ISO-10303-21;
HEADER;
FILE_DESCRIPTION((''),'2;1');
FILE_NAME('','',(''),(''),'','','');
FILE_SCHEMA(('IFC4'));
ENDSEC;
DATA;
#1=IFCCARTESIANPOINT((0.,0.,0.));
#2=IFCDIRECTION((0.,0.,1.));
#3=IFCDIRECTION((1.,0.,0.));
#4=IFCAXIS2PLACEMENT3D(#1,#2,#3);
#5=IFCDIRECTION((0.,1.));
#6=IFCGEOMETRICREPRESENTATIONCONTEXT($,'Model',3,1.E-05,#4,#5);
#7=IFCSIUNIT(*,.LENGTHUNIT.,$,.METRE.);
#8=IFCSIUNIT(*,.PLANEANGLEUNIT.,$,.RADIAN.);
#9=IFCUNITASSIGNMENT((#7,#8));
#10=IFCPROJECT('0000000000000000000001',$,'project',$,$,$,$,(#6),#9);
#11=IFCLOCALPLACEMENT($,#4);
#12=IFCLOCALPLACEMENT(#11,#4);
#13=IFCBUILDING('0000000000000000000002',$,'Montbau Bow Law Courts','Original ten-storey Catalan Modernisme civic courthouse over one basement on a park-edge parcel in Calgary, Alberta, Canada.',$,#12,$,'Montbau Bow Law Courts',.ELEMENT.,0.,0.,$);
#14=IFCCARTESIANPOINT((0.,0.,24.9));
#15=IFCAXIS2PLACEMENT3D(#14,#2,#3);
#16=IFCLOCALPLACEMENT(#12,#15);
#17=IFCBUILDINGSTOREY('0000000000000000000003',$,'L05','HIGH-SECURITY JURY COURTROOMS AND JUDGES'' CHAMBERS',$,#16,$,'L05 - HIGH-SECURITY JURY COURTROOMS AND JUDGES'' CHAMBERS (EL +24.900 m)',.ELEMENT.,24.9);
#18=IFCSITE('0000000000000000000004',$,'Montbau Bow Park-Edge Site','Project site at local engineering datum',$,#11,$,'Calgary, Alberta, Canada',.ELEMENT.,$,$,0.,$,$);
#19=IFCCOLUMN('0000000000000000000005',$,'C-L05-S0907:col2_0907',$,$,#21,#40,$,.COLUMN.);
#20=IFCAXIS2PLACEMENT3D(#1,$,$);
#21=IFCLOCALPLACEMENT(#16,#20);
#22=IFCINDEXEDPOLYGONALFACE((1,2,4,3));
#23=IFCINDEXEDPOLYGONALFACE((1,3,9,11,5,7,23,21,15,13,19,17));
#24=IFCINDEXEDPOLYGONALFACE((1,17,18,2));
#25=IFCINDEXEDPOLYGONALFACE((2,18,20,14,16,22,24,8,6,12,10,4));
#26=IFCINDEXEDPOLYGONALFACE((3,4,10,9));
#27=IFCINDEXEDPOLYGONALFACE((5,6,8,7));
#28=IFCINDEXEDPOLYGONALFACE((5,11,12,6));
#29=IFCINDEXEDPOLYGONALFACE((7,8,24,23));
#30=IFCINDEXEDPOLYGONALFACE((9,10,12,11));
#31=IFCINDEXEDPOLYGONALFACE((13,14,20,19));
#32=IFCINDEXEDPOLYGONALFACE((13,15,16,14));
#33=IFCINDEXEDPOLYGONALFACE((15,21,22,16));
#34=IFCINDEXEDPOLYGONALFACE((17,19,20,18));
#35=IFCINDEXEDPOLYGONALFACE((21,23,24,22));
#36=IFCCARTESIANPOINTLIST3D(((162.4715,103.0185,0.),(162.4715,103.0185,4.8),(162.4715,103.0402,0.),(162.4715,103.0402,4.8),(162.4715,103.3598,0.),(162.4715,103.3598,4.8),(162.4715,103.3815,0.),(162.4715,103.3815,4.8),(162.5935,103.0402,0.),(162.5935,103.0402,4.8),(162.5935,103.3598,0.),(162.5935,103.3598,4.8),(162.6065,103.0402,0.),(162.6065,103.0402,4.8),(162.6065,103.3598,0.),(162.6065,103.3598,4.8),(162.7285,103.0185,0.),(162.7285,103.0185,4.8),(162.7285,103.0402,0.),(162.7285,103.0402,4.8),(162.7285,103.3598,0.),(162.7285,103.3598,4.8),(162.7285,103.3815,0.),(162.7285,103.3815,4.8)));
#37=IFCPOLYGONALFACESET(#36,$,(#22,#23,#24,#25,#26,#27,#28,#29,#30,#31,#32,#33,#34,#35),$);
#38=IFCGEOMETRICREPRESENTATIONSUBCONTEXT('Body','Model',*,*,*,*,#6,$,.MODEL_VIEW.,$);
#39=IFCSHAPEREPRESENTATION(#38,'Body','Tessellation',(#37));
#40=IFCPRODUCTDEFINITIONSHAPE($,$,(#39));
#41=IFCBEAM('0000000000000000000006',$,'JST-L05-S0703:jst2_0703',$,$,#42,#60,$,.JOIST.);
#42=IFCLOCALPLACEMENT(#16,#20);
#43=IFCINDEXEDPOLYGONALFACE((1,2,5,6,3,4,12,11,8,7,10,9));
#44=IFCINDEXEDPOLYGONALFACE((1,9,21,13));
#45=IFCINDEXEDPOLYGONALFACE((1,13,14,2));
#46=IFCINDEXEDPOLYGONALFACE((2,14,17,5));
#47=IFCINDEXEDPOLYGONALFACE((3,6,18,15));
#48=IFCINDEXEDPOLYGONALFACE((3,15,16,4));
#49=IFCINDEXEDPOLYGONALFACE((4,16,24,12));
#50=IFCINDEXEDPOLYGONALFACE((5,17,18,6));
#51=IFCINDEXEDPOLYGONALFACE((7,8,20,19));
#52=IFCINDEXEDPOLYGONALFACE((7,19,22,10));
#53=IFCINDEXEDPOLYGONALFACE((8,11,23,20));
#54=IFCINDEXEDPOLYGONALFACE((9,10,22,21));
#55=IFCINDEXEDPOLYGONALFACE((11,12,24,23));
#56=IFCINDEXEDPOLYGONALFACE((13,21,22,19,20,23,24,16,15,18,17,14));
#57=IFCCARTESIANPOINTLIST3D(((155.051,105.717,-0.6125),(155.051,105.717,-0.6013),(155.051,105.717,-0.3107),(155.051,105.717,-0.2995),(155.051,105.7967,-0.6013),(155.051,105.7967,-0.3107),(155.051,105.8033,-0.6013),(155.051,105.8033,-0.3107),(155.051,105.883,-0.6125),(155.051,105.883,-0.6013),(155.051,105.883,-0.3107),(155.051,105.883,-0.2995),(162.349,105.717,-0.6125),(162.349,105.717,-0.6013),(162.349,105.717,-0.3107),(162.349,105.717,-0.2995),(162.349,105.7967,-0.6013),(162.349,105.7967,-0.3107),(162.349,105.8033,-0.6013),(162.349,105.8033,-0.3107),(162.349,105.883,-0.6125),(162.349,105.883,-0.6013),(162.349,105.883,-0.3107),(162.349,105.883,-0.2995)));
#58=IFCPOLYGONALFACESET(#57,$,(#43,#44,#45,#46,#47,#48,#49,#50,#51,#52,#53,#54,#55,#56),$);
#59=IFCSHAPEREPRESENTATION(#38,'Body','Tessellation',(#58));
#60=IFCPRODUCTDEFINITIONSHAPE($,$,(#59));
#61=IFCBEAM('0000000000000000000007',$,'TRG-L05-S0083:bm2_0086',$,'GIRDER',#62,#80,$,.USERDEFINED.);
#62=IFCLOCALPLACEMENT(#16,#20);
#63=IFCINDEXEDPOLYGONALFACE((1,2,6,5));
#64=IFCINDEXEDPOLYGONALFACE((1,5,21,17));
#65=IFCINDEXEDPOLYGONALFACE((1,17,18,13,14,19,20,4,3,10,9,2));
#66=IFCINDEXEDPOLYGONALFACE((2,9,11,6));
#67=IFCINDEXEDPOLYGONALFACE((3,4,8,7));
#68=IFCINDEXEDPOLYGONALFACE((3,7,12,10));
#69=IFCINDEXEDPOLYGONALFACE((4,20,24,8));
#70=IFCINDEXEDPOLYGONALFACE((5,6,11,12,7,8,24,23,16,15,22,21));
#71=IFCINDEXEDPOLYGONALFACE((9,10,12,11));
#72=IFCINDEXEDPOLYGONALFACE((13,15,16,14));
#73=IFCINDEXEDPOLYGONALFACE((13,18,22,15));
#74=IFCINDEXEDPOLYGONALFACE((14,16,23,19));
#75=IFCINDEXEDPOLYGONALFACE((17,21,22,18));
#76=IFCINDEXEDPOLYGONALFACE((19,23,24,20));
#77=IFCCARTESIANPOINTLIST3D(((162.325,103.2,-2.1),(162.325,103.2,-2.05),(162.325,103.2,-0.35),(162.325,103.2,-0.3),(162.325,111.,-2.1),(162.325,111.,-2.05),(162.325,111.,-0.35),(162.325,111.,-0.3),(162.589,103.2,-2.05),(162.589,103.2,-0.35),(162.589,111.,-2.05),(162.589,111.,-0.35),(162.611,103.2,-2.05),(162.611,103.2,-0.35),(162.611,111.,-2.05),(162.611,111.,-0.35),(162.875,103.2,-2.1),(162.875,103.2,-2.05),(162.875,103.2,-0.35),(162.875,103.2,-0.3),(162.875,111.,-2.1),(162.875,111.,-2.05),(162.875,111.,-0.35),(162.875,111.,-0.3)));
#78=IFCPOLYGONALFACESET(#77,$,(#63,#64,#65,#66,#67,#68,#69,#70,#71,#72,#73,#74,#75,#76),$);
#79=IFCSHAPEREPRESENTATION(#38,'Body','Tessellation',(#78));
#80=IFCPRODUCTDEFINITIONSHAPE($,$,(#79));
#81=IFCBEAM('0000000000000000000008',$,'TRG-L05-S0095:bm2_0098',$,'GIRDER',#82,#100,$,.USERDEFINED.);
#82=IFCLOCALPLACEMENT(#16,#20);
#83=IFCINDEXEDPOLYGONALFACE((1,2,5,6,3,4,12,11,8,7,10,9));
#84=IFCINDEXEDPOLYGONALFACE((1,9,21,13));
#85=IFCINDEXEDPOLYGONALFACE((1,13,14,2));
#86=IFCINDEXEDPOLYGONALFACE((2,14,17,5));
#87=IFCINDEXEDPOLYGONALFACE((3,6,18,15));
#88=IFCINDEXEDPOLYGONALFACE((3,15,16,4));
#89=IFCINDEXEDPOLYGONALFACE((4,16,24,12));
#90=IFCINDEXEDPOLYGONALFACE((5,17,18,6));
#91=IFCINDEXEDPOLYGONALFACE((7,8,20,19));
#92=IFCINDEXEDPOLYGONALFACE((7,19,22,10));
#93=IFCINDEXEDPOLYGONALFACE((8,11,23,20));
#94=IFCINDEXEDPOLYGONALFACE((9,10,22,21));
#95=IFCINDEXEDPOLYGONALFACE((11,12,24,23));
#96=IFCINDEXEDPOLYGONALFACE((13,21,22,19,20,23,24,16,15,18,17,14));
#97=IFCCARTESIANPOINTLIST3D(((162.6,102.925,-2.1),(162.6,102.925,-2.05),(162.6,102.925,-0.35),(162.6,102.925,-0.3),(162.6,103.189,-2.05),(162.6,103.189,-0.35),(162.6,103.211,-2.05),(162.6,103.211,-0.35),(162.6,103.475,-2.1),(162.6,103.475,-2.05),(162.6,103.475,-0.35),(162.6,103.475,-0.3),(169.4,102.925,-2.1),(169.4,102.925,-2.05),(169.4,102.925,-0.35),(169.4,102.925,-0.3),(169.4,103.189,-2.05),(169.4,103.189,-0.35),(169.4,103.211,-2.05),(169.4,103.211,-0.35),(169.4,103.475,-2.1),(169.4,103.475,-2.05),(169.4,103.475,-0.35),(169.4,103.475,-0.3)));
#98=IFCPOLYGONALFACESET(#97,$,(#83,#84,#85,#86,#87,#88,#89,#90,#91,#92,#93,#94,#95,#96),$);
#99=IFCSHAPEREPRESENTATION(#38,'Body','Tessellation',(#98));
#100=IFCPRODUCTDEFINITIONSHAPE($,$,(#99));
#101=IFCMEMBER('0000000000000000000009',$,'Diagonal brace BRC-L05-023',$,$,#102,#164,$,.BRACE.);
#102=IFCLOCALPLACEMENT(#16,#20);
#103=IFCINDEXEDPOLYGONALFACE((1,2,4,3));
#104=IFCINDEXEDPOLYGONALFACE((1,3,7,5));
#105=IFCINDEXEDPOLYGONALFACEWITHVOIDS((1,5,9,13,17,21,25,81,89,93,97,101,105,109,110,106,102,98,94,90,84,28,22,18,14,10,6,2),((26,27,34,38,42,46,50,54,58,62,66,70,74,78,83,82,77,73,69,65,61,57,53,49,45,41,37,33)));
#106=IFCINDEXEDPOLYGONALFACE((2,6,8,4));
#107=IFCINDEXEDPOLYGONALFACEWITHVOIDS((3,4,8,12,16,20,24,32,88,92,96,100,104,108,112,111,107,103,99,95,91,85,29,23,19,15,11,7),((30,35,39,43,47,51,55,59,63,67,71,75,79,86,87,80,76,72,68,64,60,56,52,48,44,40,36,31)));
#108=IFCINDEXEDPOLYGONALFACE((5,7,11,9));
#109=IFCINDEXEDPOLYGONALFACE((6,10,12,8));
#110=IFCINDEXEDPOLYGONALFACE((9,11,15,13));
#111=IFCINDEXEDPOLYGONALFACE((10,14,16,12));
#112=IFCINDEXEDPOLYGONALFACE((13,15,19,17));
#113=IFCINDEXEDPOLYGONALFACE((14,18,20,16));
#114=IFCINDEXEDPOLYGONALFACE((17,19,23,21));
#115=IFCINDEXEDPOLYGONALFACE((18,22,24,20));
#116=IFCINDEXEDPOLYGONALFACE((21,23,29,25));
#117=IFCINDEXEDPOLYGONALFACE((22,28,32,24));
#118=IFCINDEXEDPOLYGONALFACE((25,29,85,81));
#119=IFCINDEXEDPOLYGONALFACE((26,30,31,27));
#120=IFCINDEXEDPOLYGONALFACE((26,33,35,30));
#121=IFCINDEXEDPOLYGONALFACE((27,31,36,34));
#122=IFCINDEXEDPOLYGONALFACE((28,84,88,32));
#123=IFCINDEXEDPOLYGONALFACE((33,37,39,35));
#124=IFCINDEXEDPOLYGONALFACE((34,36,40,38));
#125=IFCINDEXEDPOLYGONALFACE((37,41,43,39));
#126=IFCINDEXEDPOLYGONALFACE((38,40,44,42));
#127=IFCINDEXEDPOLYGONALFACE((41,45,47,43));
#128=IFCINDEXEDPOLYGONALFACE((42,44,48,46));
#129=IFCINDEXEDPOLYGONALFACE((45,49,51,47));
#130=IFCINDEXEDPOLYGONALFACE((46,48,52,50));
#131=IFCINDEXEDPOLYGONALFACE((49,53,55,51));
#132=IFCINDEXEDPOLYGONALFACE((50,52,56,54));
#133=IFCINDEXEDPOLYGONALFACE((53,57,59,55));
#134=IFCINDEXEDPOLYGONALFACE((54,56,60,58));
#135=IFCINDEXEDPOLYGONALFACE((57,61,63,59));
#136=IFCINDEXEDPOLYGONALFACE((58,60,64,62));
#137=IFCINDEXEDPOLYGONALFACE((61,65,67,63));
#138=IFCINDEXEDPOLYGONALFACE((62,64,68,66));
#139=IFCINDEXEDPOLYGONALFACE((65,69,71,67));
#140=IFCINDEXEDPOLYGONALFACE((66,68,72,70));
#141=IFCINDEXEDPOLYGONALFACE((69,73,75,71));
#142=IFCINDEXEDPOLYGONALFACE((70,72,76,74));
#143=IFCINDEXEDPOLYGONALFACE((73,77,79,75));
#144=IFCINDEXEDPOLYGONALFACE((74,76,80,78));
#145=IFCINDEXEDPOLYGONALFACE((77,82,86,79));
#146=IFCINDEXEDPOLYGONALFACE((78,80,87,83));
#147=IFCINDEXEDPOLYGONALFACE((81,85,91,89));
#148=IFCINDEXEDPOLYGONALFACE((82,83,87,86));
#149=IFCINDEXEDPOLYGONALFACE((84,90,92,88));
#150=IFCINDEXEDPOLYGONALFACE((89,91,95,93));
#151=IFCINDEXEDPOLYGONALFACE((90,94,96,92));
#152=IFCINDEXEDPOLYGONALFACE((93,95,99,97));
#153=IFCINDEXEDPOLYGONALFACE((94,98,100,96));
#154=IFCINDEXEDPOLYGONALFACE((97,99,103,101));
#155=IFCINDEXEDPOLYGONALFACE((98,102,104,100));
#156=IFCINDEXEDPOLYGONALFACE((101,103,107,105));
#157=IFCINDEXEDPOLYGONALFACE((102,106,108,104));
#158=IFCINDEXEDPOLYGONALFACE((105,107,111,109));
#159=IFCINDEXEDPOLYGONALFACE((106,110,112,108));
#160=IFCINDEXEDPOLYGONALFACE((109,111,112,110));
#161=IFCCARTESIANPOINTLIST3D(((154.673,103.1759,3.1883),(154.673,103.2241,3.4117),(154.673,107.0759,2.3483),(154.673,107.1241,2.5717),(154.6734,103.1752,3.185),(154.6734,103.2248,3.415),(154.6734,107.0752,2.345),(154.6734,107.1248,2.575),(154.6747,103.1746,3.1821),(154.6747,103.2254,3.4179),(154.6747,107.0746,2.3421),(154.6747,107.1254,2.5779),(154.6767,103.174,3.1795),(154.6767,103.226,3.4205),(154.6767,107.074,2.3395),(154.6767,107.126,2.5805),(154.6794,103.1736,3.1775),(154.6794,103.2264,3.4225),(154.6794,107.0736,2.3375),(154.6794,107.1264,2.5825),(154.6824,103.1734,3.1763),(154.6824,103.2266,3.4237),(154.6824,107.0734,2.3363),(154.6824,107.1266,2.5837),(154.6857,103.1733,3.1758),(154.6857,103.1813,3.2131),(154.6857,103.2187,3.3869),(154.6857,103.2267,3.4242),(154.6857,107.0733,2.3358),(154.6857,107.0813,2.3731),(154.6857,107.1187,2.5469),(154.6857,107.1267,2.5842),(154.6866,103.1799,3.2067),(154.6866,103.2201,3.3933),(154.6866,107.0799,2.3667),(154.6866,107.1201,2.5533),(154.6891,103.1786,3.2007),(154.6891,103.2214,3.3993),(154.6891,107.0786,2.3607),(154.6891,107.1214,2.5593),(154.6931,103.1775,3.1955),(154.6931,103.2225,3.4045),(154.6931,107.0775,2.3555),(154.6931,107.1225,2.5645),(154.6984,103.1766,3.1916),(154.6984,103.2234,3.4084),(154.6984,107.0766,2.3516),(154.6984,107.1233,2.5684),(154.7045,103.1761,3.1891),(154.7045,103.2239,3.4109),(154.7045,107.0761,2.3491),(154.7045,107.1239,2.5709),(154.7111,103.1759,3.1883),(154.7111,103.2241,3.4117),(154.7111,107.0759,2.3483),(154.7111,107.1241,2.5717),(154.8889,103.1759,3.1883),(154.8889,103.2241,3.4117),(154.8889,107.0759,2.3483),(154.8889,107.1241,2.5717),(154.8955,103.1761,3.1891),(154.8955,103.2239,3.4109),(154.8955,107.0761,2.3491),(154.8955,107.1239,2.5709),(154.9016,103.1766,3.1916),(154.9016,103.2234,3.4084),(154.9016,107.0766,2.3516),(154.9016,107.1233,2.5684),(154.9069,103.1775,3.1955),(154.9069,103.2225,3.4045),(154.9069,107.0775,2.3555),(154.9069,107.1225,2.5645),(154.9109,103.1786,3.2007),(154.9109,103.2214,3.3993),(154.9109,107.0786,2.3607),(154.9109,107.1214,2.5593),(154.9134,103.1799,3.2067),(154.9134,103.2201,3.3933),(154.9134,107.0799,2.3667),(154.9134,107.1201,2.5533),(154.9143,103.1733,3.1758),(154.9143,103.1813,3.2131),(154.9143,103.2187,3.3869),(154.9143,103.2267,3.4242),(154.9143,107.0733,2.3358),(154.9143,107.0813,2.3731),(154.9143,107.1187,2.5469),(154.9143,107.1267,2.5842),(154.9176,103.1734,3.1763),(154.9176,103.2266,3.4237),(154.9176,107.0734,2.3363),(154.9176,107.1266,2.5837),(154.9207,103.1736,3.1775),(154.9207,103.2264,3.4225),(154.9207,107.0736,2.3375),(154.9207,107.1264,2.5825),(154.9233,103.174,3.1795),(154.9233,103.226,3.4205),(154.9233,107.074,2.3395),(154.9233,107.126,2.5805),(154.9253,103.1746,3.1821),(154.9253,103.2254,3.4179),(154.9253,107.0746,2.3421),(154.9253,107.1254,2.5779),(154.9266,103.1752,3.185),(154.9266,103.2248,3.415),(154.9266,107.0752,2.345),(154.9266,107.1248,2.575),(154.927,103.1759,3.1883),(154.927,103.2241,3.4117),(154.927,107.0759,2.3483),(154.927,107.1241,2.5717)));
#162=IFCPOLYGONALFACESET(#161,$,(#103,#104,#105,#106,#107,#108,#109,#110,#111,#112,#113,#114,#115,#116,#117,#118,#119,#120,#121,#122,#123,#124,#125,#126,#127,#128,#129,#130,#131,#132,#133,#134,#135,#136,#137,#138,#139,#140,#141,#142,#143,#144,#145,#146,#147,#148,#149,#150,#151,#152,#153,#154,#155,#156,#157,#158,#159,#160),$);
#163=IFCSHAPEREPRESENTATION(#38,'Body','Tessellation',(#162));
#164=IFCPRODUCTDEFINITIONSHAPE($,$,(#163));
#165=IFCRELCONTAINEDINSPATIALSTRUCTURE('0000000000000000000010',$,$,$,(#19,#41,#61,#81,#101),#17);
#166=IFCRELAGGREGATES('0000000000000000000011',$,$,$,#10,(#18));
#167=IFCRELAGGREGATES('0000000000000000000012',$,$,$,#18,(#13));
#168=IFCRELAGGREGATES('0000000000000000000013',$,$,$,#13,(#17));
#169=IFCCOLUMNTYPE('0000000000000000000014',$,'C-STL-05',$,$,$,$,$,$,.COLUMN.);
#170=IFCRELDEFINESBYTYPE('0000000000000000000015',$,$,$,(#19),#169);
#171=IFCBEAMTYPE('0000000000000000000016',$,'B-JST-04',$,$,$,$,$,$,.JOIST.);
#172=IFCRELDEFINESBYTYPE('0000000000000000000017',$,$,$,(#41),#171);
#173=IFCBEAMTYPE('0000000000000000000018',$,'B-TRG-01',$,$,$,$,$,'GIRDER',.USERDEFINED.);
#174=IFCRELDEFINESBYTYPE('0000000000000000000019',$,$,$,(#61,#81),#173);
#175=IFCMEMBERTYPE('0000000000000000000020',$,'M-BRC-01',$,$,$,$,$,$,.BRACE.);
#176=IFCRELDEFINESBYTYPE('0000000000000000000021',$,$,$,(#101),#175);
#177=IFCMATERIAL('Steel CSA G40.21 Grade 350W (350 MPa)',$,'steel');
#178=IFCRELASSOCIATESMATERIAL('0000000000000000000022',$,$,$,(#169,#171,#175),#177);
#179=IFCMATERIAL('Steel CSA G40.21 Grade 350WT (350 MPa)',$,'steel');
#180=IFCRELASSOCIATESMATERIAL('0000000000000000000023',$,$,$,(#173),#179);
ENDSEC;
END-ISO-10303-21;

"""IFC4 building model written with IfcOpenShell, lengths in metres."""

from ifc_helpers import new_model, si_unit, direction, frame, origin_with_axes, origin_2d_with_axis, place, context, subcontext, project, spatial, hollow_rectangle, i_section, extrude, material, material_profile, profile_set, type_object, element, save


model = new_model("IFC4")

# Units and contexts
model_context = context("Model", 3, precision=1e-05, world=origin_with_axes(), true_north=direction((0.0, 1.0)))
body_context = subcontext(model_context, "Body", "Model", "MODEL_VIEW")
ifc_project = project(units=[si_unit("LENGTHUNIT", "METRE"), si_unit("PLANEANGLEUNIT", "RADIAN")], contexts=[model_context])

# Site, building, storey
site_placement = place(None, origin_with_axes())
site = spatial("IfcSite", under=ifc_project, at=site_placement, Name="Montbau Bow Park-Edge Site", Description="Project site at local engineering datum", LongName="Calgary, Alberta, Canada", CompositionType="ELEMENT", RefElevation=0.0)
building_placement = place(site_placement, origin_with_axes())
building = spatial("IfcBuilding", under=site, at=building_placement, Name="Montbau Bow Law Courts", Description="Original ten-storey Catalan Modernisme civic courthouse over one basement on a park-edge parcel in Calgary, Alberta, Canada.", LongName="Montbau Bow Law Courts", CompositionType="ELEMENT", ElevationOfRefHeight=0.0, ElevationOfTerrain=0.0)
storey_placement = place(building_placement, frame((0.0, 0.0, 24.9), z_axis=(0.0, 0.0, 1.0), x_axis=(1.0, 0.0, 0.0)))
storey = spatial("IfcBuildingStorey", under=building, at=storey_placement, Name="L05", Description="HIGH-SECURITY JURY COURTROOMS AND JUDGES' CHAMBERS", LongName="L05 - HIGH-SECURITY JURY COURTROOMS AND JUDGES' CHAMBERS (EL +24.900 m)", CompositionType="ELEMENT", Elevation=24.9)

# Column
ifc_material_1 = material(Name="Steel CSA G40.21 Grade 350W (350 MPa)", Category="steel")
ifc_material_profile_1 = material_profile(ifc_material_1, i_section(OverallWidth=0.257, OverallDepth=0.363, WebThickness=0.013, FlangeThickness=0.0217, at=origin_2d_with_axis()), Name="W360X122", Category="Main", Priority=0)
ifc_profile_set_1 = profile_set([ifc_material_profile_1], Name="Steel CSA G40.21 Grade 350W (350 MPa)")
column_type = type_object("IfcColumnType", Name="C-STL-05", PredefinedType="COLUMN", material=ifc_profile_set_1)
column_placement = place(None, frame((162.6, 103.2, 24.9), z_axis=(0.0, 0.0, 1.0), x_axis=(1.0, 0.0, 0.0)))
element("IfcColumn", 1, at=column_placement, inside=storey, type_object=column_type, Name="C-L05-S0907:col2_0907", PredefinedType="COLUMN", context=body_context, shape_type="SweptSolid", body=[
    extrude(i_section(OverallWidth=0.257, OverallDepth=0.363, WebThickness=0.013, FlangeThickness=0.0217, at=origin_2d_with_axis()), origin_with_axes(), (0.0, 0.0, 1.0), 4.8),
])

# Beams
ifc_material_profile_2 = material_profile(ifc_material_1, i_section(OverallWidth=0.166, OverallDepth=0.313, WebThickness=0.0066, FlangeThickness=0.0112, at=origin_2d_with_axis()), Name="W310X45", Category="Main", Priority=0)
ifc_profile_set_2 = profile_set([ifc_material_profile_2], Name="Steel CSA G40.21 Grade 350W (350 MPa)")
beam_type_1 = type_object("IfcBeamType", Name="B-JST-04", PredefinedType="JOIST", material=ifc_profile_set_2)
beam_1_placement = place(None, frame((155.051, 105.8, 24.444), z_axis=(1.0, 0.0, 0.0), x_axis=(0.0, 1.0, 0.0)))
element("IfcBeam", 2, at=beam_1_placement, inside=storey, type_object=beam_type_1, Name="JST-L05-S0703:jst2_0703", PredefinedType="JOIST", context=body_context, shape_type="SweptSolid", body=[
    extrude(i_section(OverallWidth=0.166, OverallDepth=0.313, WebThickness=0.0066, FlangeThickness=0.0112, at=origin_2d_with_axis()), origin_with_axes(), (0.0, 0.0, 1.0), 7.298),
])
ifc_material_2 = material(Name="Steel CSA G40.21 Grade 350WT (350 MPa)", Category="steel")
ifc_material_profile_3 = material_profile(ifc_material_2, i_section(OverallWidth=0.55, OverallDepth=1.8, WebThickness=0.022, FlangeThickness=0.05, at=origin_2d_with_axis()), Name="WWF1800X550", Category="Main", Priority=0)
ifc_profile_set_3 = profile_set([ifc_material_profile_3], Name="Steel CSA G40.21 Grade 350WT (350 MPa)")
beam_type_2 = type_object("IfcBeamType", Name="B-TRG-01", ElementType="GIRDER", PredefinedType="USERDEFINED", material=ifc_profile_set_3)
beam_2_placement = place(None, frame((162.6, 103.2, 23.7), z_axis=(0.0, 1.0, 0.0), x_axis=(-1.0, 0.0, 0.0)))
element("IfcBeam", 3, at=beam_2_placement, inside=storey, type_object=beam_type_2, Name="TRG-L05-S0083:bm2_0086", ObjectType="GIRDER", PredefinedType="USERDEFINED", context=body_context, shape_type="SweptSolid", body=[
    extrude(i_section(OverallWidth=0.55, OverallDepth=1.8, WebThickness=0.022, FlangeThickness=0.05, at=origin_2d_with_axis()), origin_with_axes(), (0.0, 0.0, 1.0), 7.8),
])
beam_3_placement = place(None, frame((162.6, 103.2, 23.7), z_axis=(1.0, 0.0, 0.0), x_axis=(0.0, 1.0, 0.0)))
element("IfcBeam", 4, at=beam_3_placement, inside=storey, type_object=beam_type_2, Name="TRG-L05-S0095:bm2_0098", ObjectType="GIRDER", PredefinedType="USERDEFINED", context=body_context, shape_type="SweptSolid", body=[
    extrude(i_section(OverallWidth=0.55, OverallDepth=1.8, WebThickness=0.022, FlangeThickness=0.05, at=origin_2d_with_axis()), origin_with_axes(), (0.0, 0.0, 1.0), 6.8),
])

# Member
ifc_material_profile_4 = material_profile(ifc_material_1, hollow_rectangle(XDim=0.254, YDim=0.254, WallThickness=0.0127, InnerFilletRadius=0.0254, OuterFilletRadius=0.0127, at=origin_2d_with_axis()), Name="HSS254X254X13", Category="Main", Priority=0)
ifc_profile_set_4 = profile_set([ifc_material_profile_4], Name="Steel CSA G40.21 Grade 350W (350 MPa)")
member_type_1 = type_object("IfcMemberType", Name="M-BRC-01", PredefinedType="BRACE", material=ifc_profile_set_4)
for number, where, z_axis, x_axis, name in (
    (5, (154.8, 103.2, 28.2), (0.0, 0.977582, -0.210556), (-1.0, 0.0, 0.0), "Diagonal brace BRC-L05-023"),
):
    element("IfcMember", number, at=place(None, frame(where, z_axis=z_axis, x_axis=x_axis)), inside=storey, type_object=member_type_1, Name=name, PredefinedType="BRACE", context=body_context, shape_type="SweptSolid", body=[
        extrude(hollow_rectangle(XDim=0.254, YDim=0.254, WallThickness=0.0127, InnerFilletRadius=0.0254, OuterFilletRadius=0.0127, at=origin_2d_with_axis()), origin_with_axes(), (0.0, 0.0, 1.0), 3.9894),
    ])

save(model, "model.ifc")
